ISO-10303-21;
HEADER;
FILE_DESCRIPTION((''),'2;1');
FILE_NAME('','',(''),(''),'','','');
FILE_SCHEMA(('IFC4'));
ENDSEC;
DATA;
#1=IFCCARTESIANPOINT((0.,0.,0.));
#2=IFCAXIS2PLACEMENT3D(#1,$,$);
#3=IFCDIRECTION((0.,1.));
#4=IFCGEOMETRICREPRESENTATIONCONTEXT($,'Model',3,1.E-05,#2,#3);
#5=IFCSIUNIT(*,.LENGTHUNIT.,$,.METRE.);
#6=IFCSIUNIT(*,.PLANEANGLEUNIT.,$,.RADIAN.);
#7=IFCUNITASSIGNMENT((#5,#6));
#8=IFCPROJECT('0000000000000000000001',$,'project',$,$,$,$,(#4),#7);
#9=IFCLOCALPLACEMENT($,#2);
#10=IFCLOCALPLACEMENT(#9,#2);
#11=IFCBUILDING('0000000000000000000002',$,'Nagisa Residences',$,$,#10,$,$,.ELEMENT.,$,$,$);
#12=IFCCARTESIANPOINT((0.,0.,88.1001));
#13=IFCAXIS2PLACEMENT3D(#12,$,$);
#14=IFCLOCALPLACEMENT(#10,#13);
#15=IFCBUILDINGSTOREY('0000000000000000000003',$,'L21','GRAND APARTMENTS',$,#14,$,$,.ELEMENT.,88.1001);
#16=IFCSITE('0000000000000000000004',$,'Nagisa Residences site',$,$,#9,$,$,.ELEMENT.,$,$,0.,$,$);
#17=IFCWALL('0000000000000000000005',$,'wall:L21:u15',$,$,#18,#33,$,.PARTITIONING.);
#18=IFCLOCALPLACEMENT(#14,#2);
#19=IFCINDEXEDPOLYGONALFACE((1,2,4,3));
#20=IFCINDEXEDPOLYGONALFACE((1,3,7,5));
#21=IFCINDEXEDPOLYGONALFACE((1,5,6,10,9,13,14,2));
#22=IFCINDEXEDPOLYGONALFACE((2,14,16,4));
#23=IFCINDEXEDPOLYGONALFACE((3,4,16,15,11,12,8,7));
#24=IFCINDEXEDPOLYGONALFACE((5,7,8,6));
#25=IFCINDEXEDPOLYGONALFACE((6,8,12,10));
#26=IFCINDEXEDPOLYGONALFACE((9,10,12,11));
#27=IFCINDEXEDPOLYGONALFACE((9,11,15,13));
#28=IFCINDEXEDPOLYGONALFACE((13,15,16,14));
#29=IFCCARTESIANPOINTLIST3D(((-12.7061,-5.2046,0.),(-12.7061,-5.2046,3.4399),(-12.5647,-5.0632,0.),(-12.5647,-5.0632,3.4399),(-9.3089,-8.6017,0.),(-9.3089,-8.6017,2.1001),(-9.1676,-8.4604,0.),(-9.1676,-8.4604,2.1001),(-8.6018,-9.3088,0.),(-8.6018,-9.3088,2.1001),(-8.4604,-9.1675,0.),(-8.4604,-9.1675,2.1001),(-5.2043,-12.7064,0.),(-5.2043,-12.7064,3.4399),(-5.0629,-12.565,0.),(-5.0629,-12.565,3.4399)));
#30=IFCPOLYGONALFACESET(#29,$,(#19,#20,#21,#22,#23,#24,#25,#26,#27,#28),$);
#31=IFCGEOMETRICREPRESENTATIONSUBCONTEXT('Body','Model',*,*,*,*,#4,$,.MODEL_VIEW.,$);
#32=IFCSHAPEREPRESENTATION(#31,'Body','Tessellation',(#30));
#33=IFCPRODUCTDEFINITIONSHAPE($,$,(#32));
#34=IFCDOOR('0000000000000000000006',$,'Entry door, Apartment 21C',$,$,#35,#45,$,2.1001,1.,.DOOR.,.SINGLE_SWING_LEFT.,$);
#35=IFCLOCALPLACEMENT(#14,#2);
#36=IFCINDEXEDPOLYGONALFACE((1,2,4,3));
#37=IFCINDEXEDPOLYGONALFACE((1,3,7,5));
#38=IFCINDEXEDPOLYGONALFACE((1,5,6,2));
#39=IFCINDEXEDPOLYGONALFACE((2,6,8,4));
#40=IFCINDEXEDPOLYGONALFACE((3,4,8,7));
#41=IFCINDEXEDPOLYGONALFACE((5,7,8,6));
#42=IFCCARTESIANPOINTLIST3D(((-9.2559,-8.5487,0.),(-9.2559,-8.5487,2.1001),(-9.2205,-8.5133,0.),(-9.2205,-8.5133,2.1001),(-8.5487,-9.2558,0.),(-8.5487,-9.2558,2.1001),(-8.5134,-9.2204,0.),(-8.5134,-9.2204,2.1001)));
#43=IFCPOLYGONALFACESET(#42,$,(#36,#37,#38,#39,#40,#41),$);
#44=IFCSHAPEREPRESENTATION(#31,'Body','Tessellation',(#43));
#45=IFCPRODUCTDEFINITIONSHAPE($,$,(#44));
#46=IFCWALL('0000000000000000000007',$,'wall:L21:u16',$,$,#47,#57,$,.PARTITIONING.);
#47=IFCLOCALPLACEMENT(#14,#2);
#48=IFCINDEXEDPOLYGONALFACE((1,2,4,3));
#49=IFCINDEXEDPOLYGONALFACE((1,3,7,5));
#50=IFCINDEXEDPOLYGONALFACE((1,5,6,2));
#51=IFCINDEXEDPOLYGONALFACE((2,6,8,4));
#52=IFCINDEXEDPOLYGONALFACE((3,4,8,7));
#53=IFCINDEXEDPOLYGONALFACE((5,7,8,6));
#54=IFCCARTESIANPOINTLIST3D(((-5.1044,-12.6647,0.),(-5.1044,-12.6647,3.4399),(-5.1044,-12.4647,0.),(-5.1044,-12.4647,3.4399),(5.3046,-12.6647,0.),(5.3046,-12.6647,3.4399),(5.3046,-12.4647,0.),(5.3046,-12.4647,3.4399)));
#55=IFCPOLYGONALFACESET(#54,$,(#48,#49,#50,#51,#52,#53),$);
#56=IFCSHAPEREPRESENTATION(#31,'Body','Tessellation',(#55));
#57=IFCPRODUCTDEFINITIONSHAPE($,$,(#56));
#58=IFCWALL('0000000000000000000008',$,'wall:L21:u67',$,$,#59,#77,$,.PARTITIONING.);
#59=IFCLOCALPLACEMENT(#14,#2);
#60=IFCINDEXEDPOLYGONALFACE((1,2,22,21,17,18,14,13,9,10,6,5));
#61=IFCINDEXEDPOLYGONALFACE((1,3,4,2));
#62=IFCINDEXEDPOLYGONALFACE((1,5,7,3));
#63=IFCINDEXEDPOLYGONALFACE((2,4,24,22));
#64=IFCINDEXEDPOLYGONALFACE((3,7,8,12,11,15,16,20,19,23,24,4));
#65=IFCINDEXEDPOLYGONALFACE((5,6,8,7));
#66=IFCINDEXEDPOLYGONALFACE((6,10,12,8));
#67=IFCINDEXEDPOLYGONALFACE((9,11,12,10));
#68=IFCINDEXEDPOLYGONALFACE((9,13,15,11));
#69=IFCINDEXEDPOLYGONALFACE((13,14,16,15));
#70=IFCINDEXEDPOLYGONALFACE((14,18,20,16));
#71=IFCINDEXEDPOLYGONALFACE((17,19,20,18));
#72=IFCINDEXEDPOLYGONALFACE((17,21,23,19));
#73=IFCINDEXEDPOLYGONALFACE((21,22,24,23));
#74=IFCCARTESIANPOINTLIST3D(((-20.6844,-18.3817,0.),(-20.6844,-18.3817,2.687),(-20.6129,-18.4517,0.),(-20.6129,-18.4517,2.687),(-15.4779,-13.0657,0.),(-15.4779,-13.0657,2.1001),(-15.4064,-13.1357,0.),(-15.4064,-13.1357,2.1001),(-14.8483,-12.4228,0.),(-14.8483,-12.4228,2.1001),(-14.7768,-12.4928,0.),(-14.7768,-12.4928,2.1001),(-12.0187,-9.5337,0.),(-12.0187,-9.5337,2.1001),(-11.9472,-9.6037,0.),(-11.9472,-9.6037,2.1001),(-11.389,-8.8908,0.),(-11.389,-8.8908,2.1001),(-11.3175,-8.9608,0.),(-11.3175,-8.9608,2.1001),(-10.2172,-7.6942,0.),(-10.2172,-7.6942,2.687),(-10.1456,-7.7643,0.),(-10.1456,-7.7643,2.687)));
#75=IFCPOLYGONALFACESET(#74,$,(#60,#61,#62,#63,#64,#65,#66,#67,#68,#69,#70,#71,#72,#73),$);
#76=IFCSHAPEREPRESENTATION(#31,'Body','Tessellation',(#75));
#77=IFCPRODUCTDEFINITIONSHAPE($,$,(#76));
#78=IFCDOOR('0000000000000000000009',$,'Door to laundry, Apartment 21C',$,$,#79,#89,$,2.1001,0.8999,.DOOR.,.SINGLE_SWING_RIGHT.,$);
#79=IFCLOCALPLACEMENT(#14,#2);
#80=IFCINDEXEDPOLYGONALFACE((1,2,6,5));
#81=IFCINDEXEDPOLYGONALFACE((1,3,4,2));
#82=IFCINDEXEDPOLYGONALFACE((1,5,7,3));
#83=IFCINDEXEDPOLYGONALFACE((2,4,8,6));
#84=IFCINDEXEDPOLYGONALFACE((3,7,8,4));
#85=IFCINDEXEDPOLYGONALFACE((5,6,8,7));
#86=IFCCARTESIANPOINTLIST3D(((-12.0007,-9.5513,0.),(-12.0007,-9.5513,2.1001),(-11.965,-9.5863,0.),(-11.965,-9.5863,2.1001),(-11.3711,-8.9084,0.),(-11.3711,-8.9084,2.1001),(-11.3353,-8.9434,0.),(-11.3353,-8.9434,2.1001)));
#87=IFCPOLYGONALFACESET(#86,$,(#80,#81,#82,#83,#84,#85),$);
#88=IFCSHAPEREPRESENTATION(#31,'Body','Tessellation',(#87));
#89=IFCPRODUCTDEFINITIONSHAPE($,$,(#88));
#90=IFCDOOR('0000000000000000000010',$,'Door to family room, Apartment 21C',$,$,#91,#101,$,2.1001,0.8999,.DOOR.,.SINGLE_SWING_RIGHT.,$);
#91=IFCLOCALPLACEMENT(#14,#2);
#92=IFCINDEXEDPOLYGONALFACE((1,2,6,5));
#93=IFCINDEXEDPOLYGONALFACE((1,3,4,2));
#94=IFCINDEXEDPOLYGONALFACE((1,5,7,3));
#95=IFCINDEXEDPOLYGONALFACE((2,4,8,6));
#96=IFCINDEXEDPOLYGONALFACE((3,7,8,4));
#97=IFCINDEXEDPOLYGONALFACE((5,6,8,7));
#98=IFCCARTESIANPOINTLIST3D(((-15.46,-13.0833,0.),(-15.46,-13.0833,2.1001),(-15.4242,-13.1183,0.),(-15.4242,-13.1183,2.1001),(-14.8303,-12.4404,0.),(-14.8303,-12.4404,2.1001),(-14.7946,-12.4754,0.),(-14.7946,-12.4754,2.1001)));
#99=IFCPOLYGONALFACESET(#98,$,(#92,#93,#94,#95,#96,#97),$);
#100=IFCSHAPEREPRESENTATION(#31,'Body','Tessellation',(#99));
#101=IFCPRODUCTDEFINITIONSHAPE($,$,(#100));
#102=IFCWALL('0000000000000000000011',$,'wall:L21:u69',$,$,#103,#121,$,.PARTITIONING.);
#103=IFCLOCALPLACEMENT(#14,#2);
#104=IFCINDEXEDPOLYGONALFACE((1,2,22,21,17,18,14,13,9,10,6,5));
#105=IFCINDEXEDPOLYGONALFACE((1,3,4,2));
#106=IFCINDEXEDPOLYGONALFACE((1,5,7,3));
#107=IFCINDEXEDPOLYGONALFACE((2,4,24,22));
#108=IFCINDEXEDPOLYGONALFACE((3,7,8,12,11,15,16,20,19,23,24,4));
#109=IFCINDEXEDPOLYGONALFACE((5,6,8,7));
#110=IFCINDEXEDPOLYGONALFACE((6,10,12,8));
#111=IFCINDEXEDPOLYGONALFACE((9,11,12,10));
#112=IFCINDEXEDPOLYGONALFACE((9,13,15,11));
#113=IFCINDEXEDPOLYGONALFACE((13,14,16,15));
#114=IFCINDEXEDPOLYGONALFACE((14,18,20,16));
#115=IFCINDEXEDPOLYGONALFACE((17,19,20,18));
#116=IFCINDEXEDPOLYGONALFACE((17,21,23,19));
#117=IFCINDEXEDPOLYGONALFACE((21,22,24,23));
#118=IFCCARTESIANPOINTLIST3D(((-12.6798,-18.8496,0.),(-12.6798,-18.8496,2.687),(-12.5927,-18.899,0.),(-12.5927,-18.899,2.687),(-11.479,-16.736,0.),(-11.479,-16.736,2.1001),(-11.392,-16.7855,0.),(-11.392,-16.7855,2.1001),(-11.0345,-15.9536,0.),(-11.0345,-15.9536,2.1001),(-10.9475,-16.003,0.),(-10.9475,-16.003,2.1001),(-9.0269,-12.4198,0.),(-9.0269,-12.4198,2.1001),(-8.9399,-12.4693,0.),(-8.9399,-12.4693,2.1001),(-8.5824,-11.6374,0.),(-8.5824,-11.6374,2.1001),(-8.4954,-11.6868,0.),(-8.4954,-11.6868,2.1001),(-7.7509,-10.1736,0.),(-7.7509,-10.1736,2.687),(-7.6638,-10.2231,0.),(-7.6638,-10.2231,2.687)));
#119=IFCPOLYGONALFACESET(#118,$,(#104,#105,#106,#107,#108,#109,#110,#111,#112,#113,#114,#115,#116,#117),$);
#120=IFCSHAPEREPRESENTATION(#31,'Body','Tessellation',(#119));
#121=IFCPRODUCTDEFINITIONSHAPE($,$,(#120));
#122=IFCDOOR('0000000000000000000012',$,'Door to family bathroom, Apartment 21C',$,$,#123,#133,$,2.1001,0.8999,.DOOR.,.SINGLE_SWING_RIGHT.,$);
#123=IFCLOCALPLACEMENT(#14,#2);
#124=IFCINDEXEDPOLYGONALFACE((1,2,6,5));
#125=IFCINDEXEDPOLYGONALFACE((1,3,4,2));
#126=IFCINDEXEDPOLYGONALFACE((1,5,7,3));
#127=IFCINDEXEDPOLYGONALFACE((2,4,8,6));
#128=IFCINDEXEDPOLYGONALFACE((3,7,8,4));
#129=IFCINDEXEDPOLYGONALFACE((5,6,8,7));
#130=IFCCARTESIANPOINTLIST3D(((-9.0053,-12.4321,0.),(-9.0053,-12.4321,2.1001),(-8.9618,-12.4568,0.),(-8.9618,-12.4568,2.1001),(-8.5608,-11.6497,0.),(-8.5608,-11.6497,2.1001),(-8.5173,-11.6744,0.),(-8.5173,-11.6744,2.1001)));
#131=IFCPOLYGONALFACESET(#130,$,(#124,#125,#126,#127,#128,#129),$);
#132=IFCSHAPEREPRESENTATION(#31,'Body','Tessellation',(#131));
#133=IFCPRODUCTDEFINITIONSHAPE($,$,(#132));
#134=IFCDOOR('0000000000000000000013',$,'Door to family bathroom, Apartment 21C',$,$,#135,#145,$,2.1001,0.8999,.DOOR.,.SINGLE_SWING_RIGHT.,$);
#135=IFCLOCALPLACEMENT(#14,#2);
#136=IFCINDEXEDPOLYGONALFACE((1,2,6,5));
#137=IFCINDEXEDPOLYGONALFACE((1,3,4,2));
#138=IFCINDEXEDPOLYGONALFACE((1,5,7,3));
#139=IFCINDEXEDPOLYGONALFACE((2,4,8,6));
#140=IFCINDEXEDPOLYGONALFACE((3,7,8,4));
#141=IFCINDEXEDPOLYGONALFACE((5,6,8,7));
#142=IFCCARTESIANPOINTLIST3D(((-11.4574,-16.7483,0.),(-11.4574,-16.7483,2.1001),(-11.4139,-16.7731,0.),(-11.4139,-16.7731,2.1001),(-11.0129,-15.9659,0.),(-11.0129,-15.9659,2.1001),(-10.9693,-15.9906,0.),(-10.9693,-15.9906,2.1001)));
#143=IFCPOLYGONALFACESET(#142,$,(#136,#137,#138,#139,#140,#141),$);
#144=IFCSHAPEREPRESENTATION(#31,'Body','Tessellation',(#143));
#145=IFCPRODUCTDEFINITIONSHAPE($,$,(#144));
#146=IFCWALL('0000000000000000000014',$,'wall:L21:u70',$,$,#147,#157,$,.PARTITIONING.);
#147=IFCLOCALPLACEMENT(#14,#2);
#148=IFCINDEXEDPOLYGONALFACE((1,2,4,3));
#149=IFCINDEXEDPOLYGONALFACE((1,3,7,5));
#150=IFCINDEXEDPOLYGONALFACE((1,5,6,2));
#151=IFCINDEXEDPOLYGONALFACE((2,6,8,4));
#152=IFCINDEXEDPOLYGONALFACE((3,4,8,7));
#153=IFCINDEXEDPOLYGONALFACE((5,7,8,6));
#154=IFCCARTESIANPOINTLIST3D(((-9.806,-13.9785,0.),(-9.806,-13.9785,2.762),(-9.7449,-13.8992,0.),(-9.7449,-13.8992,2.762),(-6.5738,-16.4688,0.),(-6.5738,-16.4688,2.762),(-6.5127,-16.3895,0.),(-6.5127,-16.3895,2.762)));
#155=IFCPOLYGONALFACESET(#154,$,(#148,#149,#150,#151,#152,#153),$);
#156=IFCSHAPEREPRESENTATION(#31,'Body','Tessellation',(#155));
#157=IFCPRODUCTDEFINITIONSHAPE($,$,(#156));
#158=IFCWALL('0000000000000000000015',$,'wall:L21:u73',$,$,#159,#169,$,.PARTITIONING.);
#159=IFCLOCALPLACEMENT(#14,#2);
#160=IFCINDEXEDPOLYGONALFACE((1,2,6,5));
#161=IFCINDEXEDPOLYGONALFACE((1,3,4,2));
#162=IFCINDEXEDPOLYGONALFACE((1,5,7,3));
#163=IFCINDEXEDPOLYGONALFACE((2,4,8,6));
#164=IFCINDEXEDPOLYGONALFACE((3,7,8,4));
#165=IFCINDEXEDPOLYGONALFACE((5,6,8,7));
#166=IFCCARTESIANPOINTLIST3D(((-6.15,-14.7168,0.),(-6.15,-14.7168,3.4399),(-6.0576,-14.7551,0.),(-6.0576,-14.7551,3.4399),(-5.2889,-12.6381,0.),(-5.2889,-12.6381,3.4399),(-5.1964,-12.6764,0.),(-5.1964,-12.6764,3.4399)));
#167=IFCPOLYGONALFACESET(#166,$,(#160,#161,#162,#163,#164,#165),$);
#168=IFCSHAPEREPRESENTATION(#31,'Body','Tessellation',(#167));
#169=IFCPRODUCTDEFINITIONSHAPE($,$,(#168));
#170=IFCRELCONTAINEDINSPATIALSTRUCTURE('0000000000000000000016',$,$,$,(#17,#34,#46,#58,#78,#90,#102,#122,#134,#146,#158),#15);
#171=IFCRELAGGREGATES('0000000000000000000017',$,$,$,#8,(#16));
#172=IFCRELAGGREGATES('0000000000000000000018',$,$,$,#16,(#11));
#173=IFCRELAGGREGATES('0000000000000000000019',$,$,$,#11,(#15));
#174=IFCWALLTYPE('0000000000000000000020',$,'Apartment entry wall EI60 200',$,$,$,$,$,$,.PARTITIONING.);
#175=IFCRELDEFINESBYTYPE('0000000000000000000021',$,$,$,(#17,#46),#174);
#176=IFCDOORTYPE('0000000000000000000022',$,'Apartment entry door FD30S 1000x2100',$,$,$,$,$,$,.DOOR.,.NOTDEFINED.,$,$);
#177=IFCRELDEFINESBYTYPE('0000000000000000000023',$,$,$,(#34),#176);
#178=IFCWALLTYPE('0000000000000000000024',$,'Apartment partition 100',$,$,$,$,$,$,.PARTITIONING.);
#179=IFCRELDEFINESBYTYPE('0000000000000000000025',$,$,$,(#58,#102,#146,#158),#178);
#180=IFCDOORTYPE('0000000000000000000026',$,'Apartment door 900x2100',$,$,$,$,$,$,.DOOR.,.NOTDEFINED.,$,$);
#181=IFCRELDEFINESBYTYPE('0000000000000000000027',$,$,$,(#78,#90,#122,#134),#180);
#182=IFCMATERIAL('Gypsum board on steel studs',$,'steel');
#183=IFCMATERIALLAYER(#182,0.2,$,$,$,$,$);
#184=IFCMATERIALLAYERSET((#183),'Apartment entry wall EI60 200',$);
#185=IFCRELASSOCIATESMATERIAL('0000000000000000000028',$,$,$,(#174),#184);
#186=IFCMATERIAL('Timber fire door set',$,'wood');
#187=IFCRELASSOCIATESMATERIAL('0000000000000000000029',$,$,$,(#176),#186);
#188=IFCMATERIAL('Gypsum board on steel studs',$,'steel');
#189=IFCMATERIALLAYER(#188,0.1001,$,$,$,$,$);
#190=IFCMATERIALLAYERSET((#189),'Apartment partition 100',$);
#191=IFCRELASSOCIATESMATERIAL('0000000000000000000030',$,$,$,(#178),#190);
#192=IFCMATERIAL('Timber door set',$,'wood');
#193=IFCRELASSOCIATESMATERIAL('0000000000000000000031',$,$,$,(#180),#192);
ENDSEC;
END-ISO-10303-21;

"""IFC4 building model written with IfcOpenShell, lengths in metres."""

from ifc_helpers import new_model, si_unit, direction, frame, frame_2d, origin, place, context, subcontext, project, spatial, rectangle, extrude, material, layer, layer_set, type_object, element, fill, save


model = new_model("IFC4")

# Units and contexts
model_context = context("Model", 3, precision=1e-05, world=origin(), true_north=direction((0.0, 1.0)))
body_context = subcontext(model_context, "Body", "Model", "MODEL_VIEW")
ifc_project = project(units=[si_unit("LENGTHUNIT", "METRE"), si_unit("PLANEANGLEUNIT", "RADIAN")], contexts=[model_context])

# Site, building, storey
site_placement = place(None, origin())
site = spatial("IfcSite", under=ifc_project, at=site_placement, Name="Nagisa Residences site", CompositionType="ELEMENT", RefElevation=0.0)
building_placement = place(site_placement, origin())
building = spatial("IfcBuilding", under=site, at=building_placement, Name="Nagisa Residences", CompositionType="ELEMENT")
storey_placement = place(building_placement, frame((0.0, 0.0, 88.1001)))
storey = spatial("IfcBuildingStorey", under=building, at=storey_placement, Name="L21", Description="GRAND APARTMENTS", CompositionType="ELEMENT", Elevation=88.1001)

# Wall, opening, door
ifc_material_1 = material(Name="Gypsum board on steel studs", Category="steel")
ifc_layer_1 = layer(ifc_material_1, 0.2)
ifc_layer_set_1 = layer_set([ifc_layer_1], Name="Apartment entry wall EI60 200")
wall_type_1 = type_object("IfcWallType", Name="Apartment entry wall EI60 200", PredefinedType="PARTITIONING", material=ifc_layer_set_1)
wall_1_placement = place(storey_placement, frame((-12.6355, -5.1338, 0.0), z_axis=(0.0, 0.0, 1.0), x_axis=(0.707107, -0.707107, 0.0)))
wall_1 = element("IfcWall", 1, at=wall_1_placement, inside=storey, type_object=wall_type_1, Name="wall:L21:u15", PredefinedType="PARTITIONING", context=body_context, shape_type="SweptSolid", body=[
    extrude(rectangle(XDim=10.6091, YDim=0.2, at=frame_2d((5.3047, 0.0))), origin(), (0.0, 0.0, 1.0), 3.4399),
])
opening_1_placement = place(wall_1_placement, frame((4.8044, 0.0, 0.0)))
opening_1 = element("IfcOpeningElement", 2, at=opening_1_placement, cuts=wall_1, PredefinedType="OPENING", context=body_context, shape_type="SweptSolid", body=[
    extrude(rectangle(XDim=1.0, YDim=2.1001, at=frame_2d((0.5, 1.05))), frame((0.0, 0.1099, 0.0), z_axis=(0.0, -1.0, 0.0), x_axis=(1.0, 0.0, 0.0)), (0.0, 0.0, 1.0), 0.22),
])
ifc_material_2 = material(Name="Timber fire door set", Category="wood")
door_type_1 = type_object("IfcDoorType", Name="Apartment entry door FD30S 1000x2100", OperationType="NOTDEFINED", PredefinedType="DOOR", material=ifc_material_2)
door_1_placement = place(opening_1_placement, frame((1.0, 0.0, 0.0), x_axis=(-1.0, 0.0, 0.0)))
door_1 = element("IfcDoor", 3, at=door_1_placement, inside=storey, type_object=door_type_1, Name="Entry door, Apartment 21C", OperationType="SINGLE_SWING_LEFT", OverallHeight=2.1001, OverallWidth=1.0, PredefinedType="DOOR", context=body_context, shape_type="SweptSolid", body=[
    extrude(rectangle(XDim=1.0, YDim=2.1001, at=frame_2d((0.5, 1.05))), frame((0.0, 0.0249, 0.0), z_axis=(0.0, -1.0, 0.0), x_axis=(1.0, 0.0, 0.0)), (0.0, 0.0, 1.0), 0.05),
])
fill(opening_1, door_1)

# Wall
wall_2_placement = place(storey_placement, frame((-5.1045, -12.5647, 0.0), z_axis=(0.0, 0.0, 1.0), x_axis=(1.0, 0.0, 0.0)))
element("IfcWall", 4, at=wall_2_placement, inside=storey, type_object=wall_type_1, Name="wall:L21:u16", PredefinedType="PARTITIONING", context=body_context, shape_type="SweptSolid", body=[
    extrude(rectangle(XDim=10.4089, YDim=0.2, at=frame_2d((5.2046, 0.0))), origin(), (0.0, 0.0, 1.0), 3.4399),
])

# Walls, openings, doors
ifc_material_3 = material(Name="Gypsum board on steel studs", Category="steel")
ifc_layer_2 = layer(ifc_material_3, 0.1001)
ifc_layer_set_2 = layer_set([ifc_layer_2], Name="Apartment partition 100")
wall_type_2 = type_object("IfcWallType", Name="Apartment partition 100", PredefinedType="PARTITIONING", material=ifc_layer_set_2)
wall_3_placement = place(storey_placement, frame((-10.1814, -7.7292, 0.0), z_axis=(0.0, 0.0, 1.0), x_axis=(-0.699708, -0.714429, 0.0)))
wall_3 = element("IfcWall", 5, at=wall_3_placement, inside=storey, type_object=wall_type_2, Name="wall:L21:u67", PredefinedType="PARTITIONING", context=body_context, shape_type="SweptSolid", body=[
    extrude(rectangle(XDim=14.9595, YDim=0.1001, at=frame_2d((7.4797, 0.0))), origin(), (0.0, 0.0, 1.0), 2.687),
])
opening_2_placement = place(wall_3_placement, frame((1.6748, 0.0, 0.0)))
opening_2 = element("IfcOpeningElement", 6, at=opening_2_placement, cuts=wall_3, PredefinedType="OPENING", context=body_context, shape_type="SweptSolid", body=[
    extrude(rectangle(XDim=0.8999, YDim=2.1001, at=frame_2d((0.45, 1.05))), frame((0.0, 0.0601, 0.0), z_axis=(0.0, -1.0, 0.0), x_axis=(1.0, 0.0, 0.0)), (0.0, 0.0, 1.0), 0.1201),
])
opening_3_placement = place(wall_3_placement, frame((6.6187, 0.0, 0.0)))
opening_3 = element("IfcOpeningElement", 7, at=opening_3_placement, cuts=wall_3, PredefinedType="OPENING", context=body_context, shape_type="SweptSolid", body=[
    extrude(rectangle(XDim=0.8999, YDim=2.1001, at=frame_2d((0.45, 1.05))), frame((0.0, 0.0601, 0.0), z_axis=(0.0, -1.0, 0.0), x_axis=(1.0, 0.0, 0.0)), (0.0, 0.0, 1.0), 0.1201),
])
ifc_material_4 = material(Name="Timber door set", Category="wood")
door_type_2 = type_object("IfcDoorType", Name="Apartment door 900x2100", OperationType="NOTDEFINED", PredefinedType="DOOR", material=ifc_material_4)
door_2_placement = place(opening_2_placement, frame((0.8999, 0.0, 0.0), x_axis=(-1.0, 0.0, 0.0)))
door_2 = element("IfcDoor", 8, at=door_2_placement, inside=storey, type_object=door_type_2, Name="Door to laundry, Apartment 21C", OperationType="SINGLE_SWING_RIGHT", OverallHeight=2.1001, OverallWidth=0.8999, PredefinedType="DOOR", context=body_context, shape_type="SweptSolid", body=[
    extrude(rectangle(XDim=0.8999, YDim=2.1001, at=frame_2d((0.45, 1.05))), frame((0.0, 0.0249, 0.0), z_axis=(0.0, -1.0, 0.0), x_axis=(1.0, 0.0, 0.0)), (0.0, 0.0, 1.0), 0.05),
])
fill(opening_2, door_2)
door_3_placement = place(opening_3_placement, frame((0.8999, 0.0, 0.0), x_axis=(-1.0, 0.0, 0.0)))
door_3 = element("IfcDoor", 9, at=door_3_placement, inside=storey, type_object=door_type_2, Name="Door to family room, Apartment 21C", OperationType="SINGLE_SWING_RIGHT", OverallHeight=2.1001, OverallWidth=0.8999, PredefinedType="DOOR", context=body_context, shape_type="SweptSolid", body=[
    extrude(rectangle(XDim=0.8999, YDim=2.1001, at=frame_2d((0.45, 1.05))), frame((0.0, 0.0249, 0.0), z_axis=(0.0, -1.0, 0.0), x_axis=(1.0, 0.0, 0.0)), (0.0, 0.0, 1.0), 0.05),
])
fill(opening_3, door_3)
wall_4_placement = place(storey_placement, frame((-7.7073, -10.1982, 0.0), z_axis=(0.0, 0.0, 1.0), x_axis=(-0.493964, -0.869483, 0.0)))
wall_4 = element("IfcWall", 10, at=wall_4_placement, inside=storey, type_object=wall_type_2, Name="wall:L21:u69", PredefinedType="PARTITIONING", context=body_context, shape_type="SweptSolid", body=[
    extrude(rectangle(XDim=9.9783, YDim=0.1001, at=frame_2d((4.9893, 0.0))), origin(), (0.0, 0.0, 1.0), 2.687),
])
opening_4_placement = place(wall_4_placement, frame((1.6836, 0.0, 0.0)))
opening_4 = element("IfcOpeningElement", 11, at=opening_4_placement, cuts=wall_4, PredefinedType="OPENING", context=body_context, shape_type="SweptSolid", body=[
    extrude(rectangle(XDim=0.8999, YDim=2.1001, at=frame_2d((0.45, 1.05))), frame((0.0, 0.0601, 0.0), z_axis=(0.0, -1.0, 0.0), x_axis=(1.0, 0.0, 0.0)), (0.0, 0.0, 1.0), 0.1201),
])
opening_5_placement = place(wall_4_placement, frame((6.6477, 0.0, 0.0)))
opening_5 = element("IfcOpeningElement", 12, at=opening_5_placement, cuts=wall_4, PredefinedType="OPENING", context=body_context, shape_type="SweptSolid", body=[
    extrude(rectangle(XDim=0.8999, YDim=2.1001, at=frame_2d((0.45, 1.05))), frame((0.0, 0.0601, 0.0), z_axis=(0.0, -1.0, 0.0), x_axis=(1.0, 0.0, 0.0)), (0.0, 0.0, 1.0), 0.1201),
])
door_4_placement = place(opening_4_placement, origin())
door_4 = element("IfcDoor", 13, at=door_4_placement, inside=storey, type_object=door_type_2, Name="Door to family bathroom, Apartment 21C", OperationType="SINGLE_SWING_RIGHT", OverallHeight=2.1001, OverallWidth=0.8999, PredefinedType="DOOR", context=body_context, shape_type="SweptSolid", body=[
    extrude(rectangle(XDim=0.8999, YDim=2.1001, at=frame_2d((0.45, 1.05))), frame((0.0, 0.0249, 0.0), z_axis=(0.0, -1.0, 0.0), x_axis=(1.0, 0.0, 0.0)), (0.0, 0.0, 1.0), 0.05),
])
fill(opening_4, door_4)
door_5_placement = place(opening_5_placement, origin())
door_5 = element("IfcDoor", 14, at=door_5_placement, inside=storey, type_object=door_type_2, Name="Door to family bathroom, Apartment 21C", OperationType="SINGLE_SWING_RIGHT", OverallHeight=2.1001, OverallWidth=0.8999, PredefinedType="DOOR", context=body_context, shape_type="SweptSolid", body=[
    extrude(rectangle(XDim=0.8999, YDim=2.1001, at=frame_2d((0.45, 1.05))), frame((0.0, 0.0249, 0.0), z_axis=(0.0, -1.0, 0.0), x_axis=(1.0, 0.0, 0.0)), (0.0, 0.0, 1.0), 0.05),
])
fill(opening_5, door_5)

# Walls
wall_5_placement = place(storey_placement, frame((-9.7754, -13.939, 0.0), z_axis=(0.0, 0.0, 1.0), x_axis=(0.792157, -0.610318, 0.0)))
element("IfcWall", 15, at=wall_5_placement, inside=storey, type_object=wall_type_2, Name="wall:L21:u70", PredefinedType="PARTITIONING", context=body_context, shape_type="SweptSolid", body=[
    extrude(rectangle(XDim=4.0803, YDim=0.1001, at=frame_2d((2.04, 0.0))), origin(), (0.0, 0.0, 1.0), 2.762),
])
wall_6_placement = place(storey_placement, frame((-5.2427, -12.6572, 0.0), z_axis=(0.0, 0.0, 1.0), x_axis=(-0.382719, -0.923865, 0.0)))
element("IfcWall", 16, at=wall_6_placement, inside=storey, type_object=wall_type_2, Name="wall:L21:u73", PredefinedType="PARTITIONING", context=body_context, shape_type="SweptSolid", body=[
    extrude(rectangle(XDim=2.25, YDim=0.1001, at=frame_2d((1.125, 0.0))), origin(), (0.0, 0.0, 1.0), 3.4399),
])

save(model, "model.ifc")
